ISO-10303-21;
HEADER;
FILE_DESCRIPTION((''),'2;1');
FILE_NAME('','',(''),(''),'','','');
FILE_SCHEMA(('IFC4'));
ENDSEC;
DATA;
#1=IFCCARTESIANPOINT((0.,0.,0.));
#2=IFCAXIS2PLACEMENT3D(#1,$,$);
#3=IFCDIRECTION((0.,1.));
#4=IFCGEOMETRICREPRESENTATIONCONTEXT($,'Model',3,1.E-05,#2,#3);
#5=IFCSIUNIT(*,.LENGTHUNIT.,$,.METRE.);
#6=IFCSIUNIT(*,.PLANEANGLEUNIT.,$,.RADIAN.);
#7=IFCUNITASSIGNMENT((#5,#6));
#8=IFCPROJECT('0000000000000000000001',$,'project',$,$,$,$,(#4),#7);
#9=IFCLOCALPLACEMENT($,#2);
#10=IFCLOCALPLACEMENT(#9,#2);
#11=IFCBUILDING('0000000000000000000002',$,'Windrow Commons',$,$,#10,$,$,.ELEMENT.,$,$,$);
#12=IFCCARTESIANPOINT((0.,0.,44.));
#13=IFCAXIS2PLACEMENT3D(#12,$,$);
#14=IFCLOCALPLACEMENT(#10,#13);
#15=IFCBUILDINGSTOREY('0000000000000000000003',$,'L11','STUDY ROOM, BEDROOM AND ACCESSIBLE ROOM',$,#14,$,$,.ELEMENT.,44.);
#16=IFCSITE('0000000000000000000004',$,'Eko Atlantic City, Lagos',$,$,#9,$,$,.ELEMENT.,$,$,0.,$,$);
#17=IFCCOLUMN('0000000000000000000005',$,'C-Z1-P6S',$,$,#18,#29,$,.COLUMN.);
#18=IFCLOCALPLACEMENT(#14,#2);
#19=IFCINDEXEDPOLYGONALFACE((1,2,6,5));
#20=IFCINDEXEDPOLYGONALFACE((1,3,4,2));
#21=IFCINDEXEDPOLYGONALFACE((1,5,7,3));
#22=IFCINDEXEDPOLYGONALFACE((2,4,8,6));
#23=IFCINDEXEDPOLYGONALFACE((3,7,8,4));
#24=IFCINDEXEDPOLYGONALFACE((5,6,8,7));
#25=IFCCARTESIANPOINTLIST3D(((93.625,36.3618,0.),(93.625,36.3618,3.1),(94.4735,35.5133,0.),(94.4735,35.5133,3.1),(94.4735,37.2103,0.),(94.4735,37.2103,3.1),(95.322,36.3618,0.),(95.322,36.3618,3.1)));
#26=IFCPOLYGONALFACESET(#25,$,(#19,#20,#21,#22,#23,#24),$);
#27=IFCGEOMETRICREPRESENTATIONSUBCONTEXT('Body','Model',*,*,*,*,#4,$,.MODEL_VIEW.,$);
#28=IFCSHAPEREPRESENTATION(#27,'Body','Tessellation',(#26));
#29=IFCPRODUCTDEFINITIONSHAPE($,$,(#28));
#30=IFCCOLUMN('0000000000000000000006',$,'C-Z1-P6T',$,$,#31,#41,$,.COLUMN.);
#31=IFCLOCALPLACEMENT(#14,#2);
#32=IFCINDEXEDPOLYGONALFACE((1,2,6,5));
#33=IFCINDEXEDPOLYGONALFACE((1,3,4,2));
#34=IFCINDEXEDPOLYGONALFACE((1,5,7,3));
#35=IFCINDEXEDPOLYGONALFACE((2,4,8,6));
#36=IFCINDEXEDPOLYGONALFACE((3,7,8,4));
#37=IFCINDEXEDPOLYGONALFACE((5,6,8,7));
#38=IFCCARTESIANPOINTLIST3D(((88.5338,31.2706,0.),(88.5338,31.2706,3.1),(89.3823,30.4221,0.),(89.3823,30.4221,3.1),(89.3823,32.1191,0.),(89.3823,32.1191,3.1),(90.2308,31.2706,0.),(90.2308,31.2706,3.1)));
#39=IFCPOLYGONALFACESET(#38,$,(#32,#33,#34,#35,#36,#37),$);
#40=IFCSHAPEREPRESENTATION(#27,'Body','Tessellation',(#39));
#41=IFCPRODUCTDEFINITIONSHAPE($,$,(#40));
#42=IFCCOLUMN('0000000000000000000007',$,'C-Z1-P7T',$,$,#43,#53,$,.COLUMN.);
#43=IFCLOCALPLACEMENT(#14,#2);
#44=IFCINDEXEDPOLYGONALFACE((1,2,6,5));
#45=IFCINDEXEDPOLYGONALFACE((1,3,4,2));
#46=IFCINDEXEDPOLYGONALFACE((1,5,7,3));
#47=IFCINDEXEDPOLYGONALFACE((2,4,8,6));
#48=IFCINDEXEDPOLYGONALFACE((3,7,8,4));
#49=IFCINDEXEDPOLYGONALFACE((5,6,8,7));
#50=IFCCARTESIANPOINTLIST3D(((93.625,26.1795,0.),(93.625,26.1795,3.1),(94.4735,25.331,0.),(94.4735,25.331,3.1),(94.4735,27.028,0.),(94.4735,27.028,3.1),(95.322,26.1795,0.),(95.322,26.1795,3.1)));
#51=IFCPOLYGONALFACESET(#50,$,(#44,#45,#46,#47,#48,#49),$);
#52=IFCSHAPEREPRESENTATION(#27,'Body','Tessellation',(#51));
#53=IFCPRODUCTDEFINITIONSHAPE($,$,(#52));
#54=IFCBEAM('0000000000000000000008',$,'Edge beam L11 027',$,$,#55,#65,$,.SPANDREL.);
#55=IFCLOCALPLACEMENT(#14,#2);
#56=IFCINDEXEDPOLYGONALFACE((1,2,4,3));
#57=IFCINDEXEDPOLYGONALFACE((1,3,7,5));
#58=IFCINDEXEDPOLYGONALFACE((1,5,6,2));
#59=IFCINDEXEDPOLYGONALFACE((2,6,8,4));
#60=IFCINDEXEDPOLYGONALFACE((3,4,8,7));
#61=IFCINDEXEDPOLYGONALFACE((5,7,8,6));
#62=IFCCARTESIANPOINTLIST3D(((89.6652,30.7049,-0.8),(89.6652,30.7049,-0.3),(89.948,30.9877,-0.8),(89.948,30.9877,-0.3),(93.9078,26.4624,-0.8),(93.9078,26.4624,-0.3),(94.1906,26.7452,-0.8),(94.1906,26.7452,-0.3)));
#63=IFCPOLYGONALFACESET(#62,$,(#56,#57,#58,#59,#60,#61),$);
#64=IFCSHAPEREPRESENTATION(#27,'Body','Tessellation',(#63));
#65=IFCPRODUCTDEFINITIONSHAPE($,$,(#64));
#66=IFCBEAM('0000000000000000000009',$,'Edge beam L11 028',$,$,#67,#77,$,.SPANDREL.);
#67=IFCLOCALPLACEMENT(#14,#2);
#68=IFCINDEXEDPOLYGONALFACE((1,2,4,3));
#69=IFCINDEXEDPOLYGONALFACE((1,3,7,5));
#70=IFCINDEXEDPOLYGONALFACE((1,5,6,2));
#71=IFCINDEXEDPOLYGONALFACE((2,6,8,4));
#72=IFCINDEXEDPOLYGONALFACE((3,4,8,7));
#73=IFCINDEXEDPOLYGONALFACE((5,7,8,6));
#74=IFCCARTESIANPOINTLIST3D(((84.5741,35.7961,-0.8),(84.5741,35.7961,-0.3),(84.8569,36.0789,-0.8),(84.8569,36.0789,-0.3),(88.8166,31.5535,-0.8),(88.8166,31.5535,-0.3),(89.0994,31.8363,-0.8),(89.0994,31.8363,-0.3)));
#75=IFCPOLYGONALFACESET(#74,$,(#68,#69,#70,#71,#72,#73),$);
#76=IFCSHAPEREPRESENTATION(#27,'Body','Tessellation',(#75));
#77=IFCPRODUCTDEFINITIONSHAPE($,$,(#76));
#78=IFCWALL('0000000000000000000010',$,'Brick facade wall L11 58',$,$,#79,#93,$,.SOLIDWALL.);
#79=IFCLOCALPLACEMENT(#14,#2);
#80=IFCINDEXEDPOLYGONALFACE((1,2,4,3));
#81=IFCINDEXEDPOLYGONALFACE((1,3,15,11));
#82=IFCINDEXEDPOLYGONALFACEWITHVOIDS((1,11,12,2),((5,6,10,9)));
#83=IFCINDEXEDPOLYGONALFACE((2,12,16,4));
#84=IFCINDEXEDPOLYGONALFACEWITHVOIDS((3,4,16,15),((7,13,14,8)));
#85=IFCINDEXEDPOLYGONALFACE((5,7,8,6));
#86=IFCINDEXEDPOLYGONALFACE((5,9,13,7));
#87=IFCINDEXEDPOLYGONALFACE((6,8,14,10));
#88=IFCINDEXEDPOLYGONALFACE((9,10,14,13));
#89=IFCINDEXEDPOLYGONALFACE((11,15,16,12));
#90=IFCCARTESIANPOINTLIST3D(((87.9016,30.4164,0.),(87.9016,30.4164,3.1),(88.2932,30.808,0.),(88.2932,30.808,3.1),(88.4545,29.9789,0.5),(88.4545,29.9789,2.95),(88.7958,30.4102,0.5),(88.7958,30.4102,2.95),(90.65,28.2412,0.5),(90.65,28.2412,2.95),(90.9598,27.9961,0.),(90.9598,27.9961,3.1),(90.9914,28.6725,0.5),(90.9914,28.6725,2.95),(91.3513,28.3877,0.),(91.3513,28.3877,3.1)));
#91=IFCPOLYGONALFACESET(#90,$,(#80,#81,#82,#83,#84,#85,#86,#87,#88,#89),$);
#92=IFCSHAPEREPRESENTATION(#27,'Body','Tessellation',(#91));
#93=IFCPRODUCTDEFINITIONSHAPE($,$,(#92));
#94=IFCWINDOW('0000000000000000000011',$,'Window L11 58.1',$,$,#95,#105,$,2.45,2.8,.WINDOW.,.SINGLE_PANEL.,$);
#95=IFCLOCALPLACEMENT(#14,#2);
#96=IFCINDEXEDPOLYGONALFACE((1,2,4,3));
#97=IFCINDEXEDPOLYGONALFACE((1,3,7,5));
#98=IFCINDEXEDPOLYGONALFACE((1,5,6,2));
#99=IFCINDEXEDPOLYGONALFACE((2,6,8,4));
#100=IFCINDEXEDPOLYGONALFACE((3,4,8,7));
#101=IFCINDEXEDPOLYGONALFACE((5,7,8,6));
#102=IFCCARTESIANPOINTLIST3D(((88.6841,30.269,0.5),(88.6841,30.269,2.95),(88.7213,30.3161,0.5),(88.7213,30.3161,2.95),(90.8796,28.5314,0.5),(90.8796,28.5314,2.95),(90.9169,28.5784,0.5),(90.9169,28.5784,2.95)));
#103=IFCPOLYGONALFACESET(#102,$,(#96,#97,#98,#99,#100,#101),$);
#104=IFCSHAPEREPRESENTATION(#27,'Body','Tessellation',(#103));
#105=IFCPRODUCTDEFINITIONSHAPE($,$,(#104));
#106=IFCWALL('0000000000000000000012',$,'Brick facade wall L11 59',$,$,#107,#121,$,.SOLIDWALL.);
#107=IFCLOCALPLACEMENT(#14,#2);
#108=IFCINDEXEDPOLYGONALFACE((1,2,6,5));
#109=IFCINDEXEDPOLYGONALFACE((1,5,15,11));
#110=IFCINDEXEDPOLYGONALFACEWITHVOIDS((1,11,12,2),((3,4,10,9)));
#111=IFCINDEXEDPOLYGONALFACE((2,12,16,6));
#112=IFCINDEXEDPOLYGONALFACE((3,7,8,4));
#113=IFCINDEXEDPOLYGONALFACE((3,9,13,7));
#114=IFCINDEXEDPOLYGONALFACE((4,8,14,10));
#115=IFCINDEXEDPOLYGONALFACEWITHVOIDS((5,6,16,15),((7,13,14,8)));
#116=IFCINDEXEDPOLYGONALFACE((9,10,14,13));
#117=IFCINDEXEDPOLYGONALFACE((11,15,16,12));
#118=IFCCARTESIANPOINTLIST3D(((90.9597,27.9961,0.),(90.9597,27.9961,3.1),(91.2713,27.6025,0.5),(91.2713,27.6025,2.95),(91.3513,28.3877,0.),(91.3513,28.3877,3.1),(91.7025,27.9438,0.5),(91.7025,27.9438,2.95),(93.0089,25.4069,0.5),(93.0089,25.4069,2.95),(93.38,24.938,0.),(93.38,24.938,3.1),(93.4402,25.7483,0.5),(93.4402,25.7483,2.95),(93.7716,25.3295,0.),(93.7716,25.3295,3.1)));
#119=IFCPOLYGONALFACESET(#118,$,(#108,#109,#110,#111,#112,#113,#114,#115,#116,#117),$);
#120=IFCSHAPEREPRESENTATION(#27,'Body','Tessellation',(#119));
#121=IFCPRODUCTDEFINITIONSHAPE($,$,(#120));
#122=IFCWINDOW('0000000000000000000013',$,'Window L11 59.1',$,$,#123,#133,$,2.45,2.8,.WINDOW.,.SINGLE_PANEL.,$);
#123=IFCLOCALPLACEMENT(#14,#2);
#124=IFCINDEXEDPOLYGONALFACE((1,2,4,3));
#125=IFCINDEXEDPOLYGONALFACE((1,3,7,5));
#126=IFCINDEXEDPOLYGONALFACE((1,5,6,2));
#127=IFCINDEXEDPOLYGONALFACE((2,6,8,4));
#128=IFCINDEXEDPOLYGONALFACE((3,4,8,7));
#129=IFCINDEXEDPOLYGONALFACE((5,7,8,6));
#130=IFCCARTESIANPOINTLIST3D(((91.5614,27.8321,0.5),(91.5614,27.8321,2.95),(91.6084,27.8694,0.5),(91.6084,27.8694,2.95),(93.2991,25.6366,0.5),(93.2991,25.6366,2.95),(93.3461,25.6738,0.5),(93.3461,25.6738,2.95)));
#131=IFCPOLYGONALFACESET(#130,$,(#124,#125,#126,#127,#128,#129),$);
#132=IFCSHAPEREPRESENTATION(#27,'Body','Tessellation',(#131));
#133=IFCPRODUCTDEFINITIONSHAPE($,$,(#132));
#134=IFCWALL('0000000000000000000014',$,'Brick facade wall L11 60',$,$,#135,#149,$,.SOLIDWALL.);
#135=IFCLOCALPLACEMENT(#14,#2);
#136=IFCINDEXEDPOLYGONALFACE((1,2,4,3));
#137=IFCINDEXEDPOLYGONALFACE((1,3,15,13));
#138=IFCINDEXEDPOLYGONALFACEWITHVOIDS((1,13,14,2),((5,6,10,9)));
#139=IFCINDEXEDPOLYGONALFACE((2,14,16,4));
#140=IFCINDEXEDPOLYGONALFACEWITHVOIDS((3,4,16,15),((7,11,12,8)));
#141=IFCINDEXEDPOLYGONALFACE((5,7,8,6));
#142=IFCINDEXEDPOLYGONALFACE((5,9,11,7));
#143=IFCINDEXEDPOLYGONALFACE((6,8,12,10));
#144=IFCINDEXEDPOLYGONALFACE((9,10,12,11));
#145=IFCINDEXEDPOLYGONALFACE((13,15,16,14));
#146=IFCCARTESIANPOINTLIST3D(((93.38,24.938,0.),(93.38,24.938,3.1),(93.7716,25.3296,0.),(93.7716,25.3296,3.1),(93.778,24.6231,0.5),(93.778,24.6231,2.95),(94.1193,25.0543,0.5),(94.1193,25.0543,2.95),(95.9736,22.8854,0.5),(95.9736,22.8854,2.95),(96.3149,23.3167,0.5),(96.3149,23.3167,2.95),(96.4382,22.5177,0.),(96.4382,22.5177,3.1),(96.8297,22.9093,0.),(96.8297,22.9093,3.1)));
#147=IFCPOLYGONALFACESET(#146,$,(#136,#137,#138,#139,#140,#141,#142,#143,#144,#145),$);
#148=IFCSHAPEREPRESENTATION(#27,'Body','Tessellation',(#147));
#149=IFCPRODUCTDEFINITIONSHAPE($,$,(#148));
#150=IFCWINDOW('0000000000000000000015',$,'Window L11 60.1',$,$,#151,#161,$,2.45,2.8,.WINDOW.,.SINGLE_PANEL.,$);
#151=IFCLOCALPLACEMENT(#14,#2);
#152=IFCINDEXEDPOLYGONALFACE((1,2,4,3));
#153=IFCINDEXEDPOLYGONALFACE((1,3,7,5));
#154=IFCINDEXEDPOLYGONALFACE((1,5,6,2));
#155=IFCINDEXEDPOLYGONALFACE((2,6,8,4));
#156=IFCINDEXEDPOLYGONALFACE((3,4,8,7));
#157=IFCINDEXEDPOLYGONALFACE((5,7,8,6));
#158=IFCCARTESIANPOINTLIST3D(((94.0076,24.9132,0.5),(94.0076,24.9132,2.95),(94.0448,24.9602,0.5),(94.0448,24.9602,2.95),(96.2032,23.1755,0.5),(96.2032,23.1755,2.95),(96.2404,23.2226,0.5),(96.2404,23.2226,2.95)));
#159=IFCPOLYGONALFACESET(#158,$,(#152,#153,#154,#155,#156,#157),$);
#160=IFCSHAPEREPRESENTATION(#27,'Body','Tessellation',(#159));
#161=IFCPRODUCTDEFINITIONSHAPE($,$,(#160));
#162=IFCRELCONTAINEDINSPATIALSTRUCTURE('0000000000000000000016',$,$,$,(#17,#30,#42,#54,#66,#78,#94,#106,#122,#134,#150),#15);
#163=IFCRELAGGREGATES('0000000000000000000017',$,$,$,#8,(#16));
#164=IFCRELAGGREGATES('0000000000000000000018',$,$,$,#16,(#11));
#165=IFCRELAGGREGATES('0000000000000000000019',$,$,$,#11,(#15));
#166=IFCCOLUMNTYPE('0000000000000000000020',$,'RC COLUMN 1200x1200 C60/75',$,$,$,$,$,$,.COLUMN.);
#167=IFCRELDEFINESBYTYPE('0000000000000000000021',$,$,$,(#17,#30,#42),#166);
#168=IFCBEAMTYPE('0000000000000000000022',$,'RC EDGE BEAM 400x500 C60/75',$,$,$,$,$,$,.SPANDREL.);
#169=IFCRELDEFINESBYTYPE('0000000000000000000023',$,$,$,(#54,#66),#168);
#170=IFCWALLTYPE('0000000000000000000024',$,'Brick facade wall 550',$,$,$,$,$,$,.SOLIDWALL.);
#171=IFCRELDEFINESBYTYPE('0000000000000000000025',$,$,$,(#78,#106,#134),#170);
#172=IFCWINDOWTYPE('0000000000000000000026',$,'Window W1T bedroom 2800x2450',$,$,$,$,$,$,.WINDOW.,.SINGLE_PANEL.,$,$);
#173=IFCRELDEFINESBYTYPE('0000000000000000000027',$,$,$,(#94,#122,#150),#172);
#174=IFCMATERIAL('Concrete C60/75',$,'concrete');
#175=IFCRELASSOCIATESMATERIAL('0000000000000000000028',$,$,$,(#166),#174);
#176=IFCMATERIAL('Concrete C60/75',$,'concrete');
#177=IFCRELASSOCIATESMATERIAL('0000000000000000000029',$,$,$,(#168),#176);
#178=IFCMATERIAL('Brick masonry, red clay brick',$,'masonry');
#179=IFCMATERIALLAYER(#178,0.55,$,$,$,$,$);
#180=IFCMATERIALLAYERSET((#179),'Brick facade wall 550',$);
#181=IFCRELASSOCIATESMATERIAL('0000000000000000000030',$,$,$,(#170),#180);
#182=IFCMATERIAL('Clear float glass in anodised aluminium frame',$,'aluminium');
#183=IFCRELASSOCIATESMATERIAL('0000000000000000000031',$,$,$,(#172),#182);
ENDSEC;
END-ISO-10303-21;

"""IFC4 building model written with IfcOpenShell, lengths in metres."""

from ifc_helpers import new_model, si_unit, direction, frame, frame_2d, origin, origin_2d, place, context, subcontext, project, spatial, polyline, rectangle, outline, extrude, material, layer, layer_set, material_profile, profile_set, type_object, element, fill, save


model = new_model("IFC4")

# Units and contexts
model_context = context("Model", 3, precision=1e-05, world=origin(), true_north=direction((0.0, 1.0)))
body_context = subcontext(model_context, "Body", "Model", "MODEL_VIEW")
ifc_project = project(units=[si_unit("LENGTHUNIT", "METRE"), si_unit("PLANEANGLEUNIT", "RADIAN")], contexts=[model_context])

# Site, building, storey
site_placement = place(None, origin())
site = spatial("IfcSite", under=ifc_project, at=site_placement, Name="Eko Atlantic City, Lagos", CompositionType="ELEMENT", RefElevation=0.0)
building_placement = place(site_placement, origin())
building = spatial("IfcBuilding", under=site, at=building_placement, Name="Windrow Commons", CompositionType="ELEMENT")
storey_placement = place(building_placement, frame((0.0, 0.0, 44.0)))
storey = spatial("IfcBuildingStorey", under=building, at=storey_placement, Name="L11", Description="STUDY ROOM, BEDROOM AND ACCESSIBLE ROOM", CompositionType="ELEMENT", Elevation=44.0)

# Columns
ifc_material_1 = material(Name="Concrete C60/75", Category="concrete")
ifc_material_profile_1 = material_profile(ifc_material_1, rectangle(XDim=1.2, YDim=1.2, at=origin_2d()))
ifc_profile_set_1 = profile_set([ifc_material_profile_1], Name="Concrete C60/75")
column_type = type_object("IfcColumnType", Name="RC COLUMN 1200x1200 C60/75", PredefinedType="COLUMN", material=ifc_profile_set_1)
for number, where, z_axis, x_axis, name in (
    (1, (94.4735, 36.3618, 0.0), (0.0, 0.0, 1.0), (0.707107, -0.707107, 0.0), "C-Z1-P6S"),
    (2, (89.3823, 31.2706, 0.0), (0.0, 0.0, 1.0), (0.707107, -0.707107, 0.0), "C-Z1-P6T"),
    (3, (94.4735, 26.1795, 0.0), (0.0, 0.0, 1.0), (0.707107, -0.707107, 0.0), "C-Z1-P7T"),
):
    element("IfcColumn", number, at=place(storey_placement, frame(where, z_axis=z_axis, x_axis=x_axis)), inside=storey, type_object=column_type, Name=name, PredefinedType="COLUMN", context=body_context, shape_type="SweptSolid", body=[
        extrude(rectangle(XDim=1.2, YDim=1.2, at=origin_2d()), origin(), (0.0, 0.0, 1.0), 3.1),
    ])

# Beams
ifc_material_2 = material(Name="Concrete C60/75", Category="concrete")
ifc_material_profile_2 = material_profile(ifc_material_2, rectangle(XDim=0.4, YDim=0.5, at=origin_2d()))
ifc_profile_set_2 = profile_set([ifc_material_profile_2], Name="Concrete C60/75")
beam_type = type_object("IfcBeamType", Name="RC EDGE BEAM 400x500 C60/75", PredefinedType="SPANDREL", material=ifc_profile_set_2)
for number, where, z_axis, x_axis, name in (
    (4, (94.0492, 26.6038, -0.55), (-0.707115, 0.707098, 0.0), (-0.707098, -0.707115, 0.0), "Edge beam L11 027"),
    (5, (88.958, 31.6949, -0.55), (-0.707098, 0.707115, 0.0), (-0.707115, -0.707098, 0.0), "Edge beam L11 028"),
):
    element("IfcBeam", number, at=place(storey_placement, frame(where, z_axis=z_axis, x_axis=x_axis)), inside=storey, type_object=beam_type, Name=name, PredefinedType="SPANDREL", context=body_context, shape_type="SweptSolid", body=[
        extrude(rectangle(XDim=0.4, YDim=0.5, at=origin_2d()), origin(), (0.0, 0.0, 1.0), 5.9999),
    ])

# Walls, openings, windows
ifc_material_3 = material(Name="Brick masonry, red clay brick", Category="masonry")
ifc_layer_1 = layer(ifc_material_3, 0.55)
ifc_layer_set_1 = layer_set([ifc_layer_1], Name="Brick facade wall 550")
wall_type_1 = type_object("IfcWallType", Name="Brick facade wall 550", PredefinedType="SOLIDWALL", material=ifc_layer_set_1)
wall_1_placement = place(storey_placement, frame((88.0974, 30.6122, 0.0), z_axis=(0.0, 0.0, 1.0), x_axis=(0.784133, -0.620593, 0.0)))
wall_1 = element("IfcWall", 6, at=wall_1_placement, inside=storey, type_object=wall_type_1, Name="Brick facade wall L11 58", PredefinedType="SOLIDWALL", context=body_context, shape_type="SweptSolid", body=[
    extrude(outline(polyline([(-0.032, -0.275), (3.868, -0.275), (3.932, 0.275), (0.032, 0.275), (-0.032, -0.275)])), origin(), (0.0, 0.0, 1.0), 3.1),
])
opening_1_placement = place(wall_1_placement, frame((0.673, 0.0, 0.5)))
opening_1 = element("IfcOpeningElement", 7, at=opening_1_placement, cuts=wall_1, PredefinedType="OPENING", context=body_context, shape_type="SweptSolid", body=[
    extrude(rectangle(XDim=2.8, YDim=2.45, at=frame_2d((1.4, 1.225))), frame((0.0, 0.285, 0.0), z_axis=(0.0, -1.0, 0.0), x_axis=(1.0, 0.0, 0.0)), (0.0, 0.0, 1.0), 0.57),
])
ifc_material_4 = material(Name="Clear float glass in anodised aluminium frame", Category="aluminium")
window_type = type_object("IfcWindowType", Name="Window W1T bedroom 2800x2450", PartitioningType="SINGLE_PANEL", PredefinedType="WINDOW", material=ifc_material_4)
window_1_placement = place(opening_1_placement, origin())
window_1 = element("IfcWindow", 8, at=window_1_placement, inside=storey, type_object=window_type, Name="Window L11 58.1", OverallHeight=2.45, OverallWidth=2.8, PartitioningType="SINGLE_PANEL", PredefinedType="WINDOW", context=body_context, shape_type="SweptSolid", body=[
    extrude(rectangle(XDim=2.8, YDim=2.45, at=frame_2d((1.4, 1.225))), frame((0.0, 0.155, 0.0), z_axis=(0.0, -1.0, 0.0), x_axis=(1.0, 0.0, 0.0)), (0.0, 0.0, 1.0), 0.06),
])
fill(opening_1, window_1)
wall_2_placement = place(storey_placement, frame((91.1555, 28.1919, 0.0), z_axis=(0.0, 0.0, 1.0), x_axis=(0.620593, -0.784133, 0.0)))
wall_2 = element("IfcWall", 9, at=wall_2_placement, inside=storey, type_object=wall_type_1, Name="Brick facade wall L11 59", PredefinedType="SOLIDWALL", context=body_context, shape_type="SweptSolid", body=[
    extrude(outline(polyline([(0.032, -0.275), (3.932, -0.275), (3.868, 0.275), (-0.032, 0.275), (0.032, -0.275)])), origin(), (0.0, 0.0, 1.0), 3.1),
])
opening_2_placement = place(wall_2_placement, frame((0.534, 0.0, 0.5)))
opening_2 = element("IfcOpeningElement", 10, at=opening_2_placement, cuts=wall_2, PredefinedType="OPENING", context=body_context, shape_type="SweptSolid", body=[
    extrude(rectangle(XDim=2.8, YDim=2.45, at=frame_2d((1.4, 1.225))), frame((0.0, 0.285, 0.0), z_axis=(0.0, -1.0, 0.0), x_axis=(1.0, 0.0, 0.0)), (0.0, 0.0, 1.0), 0.57),
])
window_2_placement = place(opening_2_placement, origin())
window_2 = element("IfcWindow", 11, at=window_2_placement, inside=storey, type_object=window_type, Name="Window L11 59.1", OverallHeight=2.45, OverallWidth=2.8, PartitioningType="SINGLE_PANEL", PredefinedType="WINDOW", context=body_context, shape_type="SweptSolid", body=[
    extrude(rectangle(XDim=2.8, YDim=2.45, at=frame_2d((1.4, 1.225))), frame((0.0, 0.155, 0.0), z_axis=(0.0, -1.0, 0.0), x_axis=(1.0, 0.0, 0.0)), (0.0, 0.0, 1.0), 0.06),
])
fill(opening_2, window_2)
wall_3_placement = place(storey_placement, frame((93.5758, 25.1338, 0.0), z_axis=(0.0, 0.0, 1.0), x_axis=(0.784133, -0.620593, 0.0)))
wall_3 = element("IfcWall", 12, at=wall_3_placement, inside=storey, type_object=wall_type_1, Name="Brick facade wall L11 60", PredefinedType="SOLIDWALL", context=body_context, shape_type="SweptSolid", body=[
    extrude(outline(polyline([(-0.032, -0.275), (3.868, -0.275), (3.932, 0.275), (0.032, 0.275), (-0.032, -0.275)])), origin(), (0.0, 0.0, 1.0), 3.1),
])
opening_3_placement = place(wall_3_placement, frame((0.4755, 0.0, 0.5)))
opening_3 = element("IfcOpeningElement", 13, at=opening_3_placement, cuts=wall_3, PredefinedType="OPENING", context=body_context, shape_type="SweptSolid", body=[
    extrude(rectangle(XDim=2.8, YDim=2.45, at=frame_2d((1.4, 1.225))), frame((0.0, 0.285, 0.0), z_axis=(0.0, -1.0, 0.0), x_axis=(1.0, 0.0, 0.0)), (0.0, 0.0, 1.0), 0.57),
])
window_3_placement = place(opening_3_placement, origin())
window_3 = element("IfcWindow", 14, at=window_3_placement, inside=storey, type_object=window_type, Name="Window L11 60.1", OverallHeight=2.45, OverallWidth=2.8, PartitioningType="SINGLE_PANEL", PredefinedType="WINDOW", context=body_context, shape_type="SweptSolid", body=[
    extrude(rectangle(XDim=2.8, YDim=2.45, at=frame_2d((1.4, 1.225))), frame((0.0, 0.155, 0.0), z_axis=(0.0, -1.0, 0.0), x_axis=(1.0, 0.0, 0.0)), (0.0, 0.0, 1.0), 0.06),
])
fill(opening_3, window_3)

save(model, "model.ifc")
